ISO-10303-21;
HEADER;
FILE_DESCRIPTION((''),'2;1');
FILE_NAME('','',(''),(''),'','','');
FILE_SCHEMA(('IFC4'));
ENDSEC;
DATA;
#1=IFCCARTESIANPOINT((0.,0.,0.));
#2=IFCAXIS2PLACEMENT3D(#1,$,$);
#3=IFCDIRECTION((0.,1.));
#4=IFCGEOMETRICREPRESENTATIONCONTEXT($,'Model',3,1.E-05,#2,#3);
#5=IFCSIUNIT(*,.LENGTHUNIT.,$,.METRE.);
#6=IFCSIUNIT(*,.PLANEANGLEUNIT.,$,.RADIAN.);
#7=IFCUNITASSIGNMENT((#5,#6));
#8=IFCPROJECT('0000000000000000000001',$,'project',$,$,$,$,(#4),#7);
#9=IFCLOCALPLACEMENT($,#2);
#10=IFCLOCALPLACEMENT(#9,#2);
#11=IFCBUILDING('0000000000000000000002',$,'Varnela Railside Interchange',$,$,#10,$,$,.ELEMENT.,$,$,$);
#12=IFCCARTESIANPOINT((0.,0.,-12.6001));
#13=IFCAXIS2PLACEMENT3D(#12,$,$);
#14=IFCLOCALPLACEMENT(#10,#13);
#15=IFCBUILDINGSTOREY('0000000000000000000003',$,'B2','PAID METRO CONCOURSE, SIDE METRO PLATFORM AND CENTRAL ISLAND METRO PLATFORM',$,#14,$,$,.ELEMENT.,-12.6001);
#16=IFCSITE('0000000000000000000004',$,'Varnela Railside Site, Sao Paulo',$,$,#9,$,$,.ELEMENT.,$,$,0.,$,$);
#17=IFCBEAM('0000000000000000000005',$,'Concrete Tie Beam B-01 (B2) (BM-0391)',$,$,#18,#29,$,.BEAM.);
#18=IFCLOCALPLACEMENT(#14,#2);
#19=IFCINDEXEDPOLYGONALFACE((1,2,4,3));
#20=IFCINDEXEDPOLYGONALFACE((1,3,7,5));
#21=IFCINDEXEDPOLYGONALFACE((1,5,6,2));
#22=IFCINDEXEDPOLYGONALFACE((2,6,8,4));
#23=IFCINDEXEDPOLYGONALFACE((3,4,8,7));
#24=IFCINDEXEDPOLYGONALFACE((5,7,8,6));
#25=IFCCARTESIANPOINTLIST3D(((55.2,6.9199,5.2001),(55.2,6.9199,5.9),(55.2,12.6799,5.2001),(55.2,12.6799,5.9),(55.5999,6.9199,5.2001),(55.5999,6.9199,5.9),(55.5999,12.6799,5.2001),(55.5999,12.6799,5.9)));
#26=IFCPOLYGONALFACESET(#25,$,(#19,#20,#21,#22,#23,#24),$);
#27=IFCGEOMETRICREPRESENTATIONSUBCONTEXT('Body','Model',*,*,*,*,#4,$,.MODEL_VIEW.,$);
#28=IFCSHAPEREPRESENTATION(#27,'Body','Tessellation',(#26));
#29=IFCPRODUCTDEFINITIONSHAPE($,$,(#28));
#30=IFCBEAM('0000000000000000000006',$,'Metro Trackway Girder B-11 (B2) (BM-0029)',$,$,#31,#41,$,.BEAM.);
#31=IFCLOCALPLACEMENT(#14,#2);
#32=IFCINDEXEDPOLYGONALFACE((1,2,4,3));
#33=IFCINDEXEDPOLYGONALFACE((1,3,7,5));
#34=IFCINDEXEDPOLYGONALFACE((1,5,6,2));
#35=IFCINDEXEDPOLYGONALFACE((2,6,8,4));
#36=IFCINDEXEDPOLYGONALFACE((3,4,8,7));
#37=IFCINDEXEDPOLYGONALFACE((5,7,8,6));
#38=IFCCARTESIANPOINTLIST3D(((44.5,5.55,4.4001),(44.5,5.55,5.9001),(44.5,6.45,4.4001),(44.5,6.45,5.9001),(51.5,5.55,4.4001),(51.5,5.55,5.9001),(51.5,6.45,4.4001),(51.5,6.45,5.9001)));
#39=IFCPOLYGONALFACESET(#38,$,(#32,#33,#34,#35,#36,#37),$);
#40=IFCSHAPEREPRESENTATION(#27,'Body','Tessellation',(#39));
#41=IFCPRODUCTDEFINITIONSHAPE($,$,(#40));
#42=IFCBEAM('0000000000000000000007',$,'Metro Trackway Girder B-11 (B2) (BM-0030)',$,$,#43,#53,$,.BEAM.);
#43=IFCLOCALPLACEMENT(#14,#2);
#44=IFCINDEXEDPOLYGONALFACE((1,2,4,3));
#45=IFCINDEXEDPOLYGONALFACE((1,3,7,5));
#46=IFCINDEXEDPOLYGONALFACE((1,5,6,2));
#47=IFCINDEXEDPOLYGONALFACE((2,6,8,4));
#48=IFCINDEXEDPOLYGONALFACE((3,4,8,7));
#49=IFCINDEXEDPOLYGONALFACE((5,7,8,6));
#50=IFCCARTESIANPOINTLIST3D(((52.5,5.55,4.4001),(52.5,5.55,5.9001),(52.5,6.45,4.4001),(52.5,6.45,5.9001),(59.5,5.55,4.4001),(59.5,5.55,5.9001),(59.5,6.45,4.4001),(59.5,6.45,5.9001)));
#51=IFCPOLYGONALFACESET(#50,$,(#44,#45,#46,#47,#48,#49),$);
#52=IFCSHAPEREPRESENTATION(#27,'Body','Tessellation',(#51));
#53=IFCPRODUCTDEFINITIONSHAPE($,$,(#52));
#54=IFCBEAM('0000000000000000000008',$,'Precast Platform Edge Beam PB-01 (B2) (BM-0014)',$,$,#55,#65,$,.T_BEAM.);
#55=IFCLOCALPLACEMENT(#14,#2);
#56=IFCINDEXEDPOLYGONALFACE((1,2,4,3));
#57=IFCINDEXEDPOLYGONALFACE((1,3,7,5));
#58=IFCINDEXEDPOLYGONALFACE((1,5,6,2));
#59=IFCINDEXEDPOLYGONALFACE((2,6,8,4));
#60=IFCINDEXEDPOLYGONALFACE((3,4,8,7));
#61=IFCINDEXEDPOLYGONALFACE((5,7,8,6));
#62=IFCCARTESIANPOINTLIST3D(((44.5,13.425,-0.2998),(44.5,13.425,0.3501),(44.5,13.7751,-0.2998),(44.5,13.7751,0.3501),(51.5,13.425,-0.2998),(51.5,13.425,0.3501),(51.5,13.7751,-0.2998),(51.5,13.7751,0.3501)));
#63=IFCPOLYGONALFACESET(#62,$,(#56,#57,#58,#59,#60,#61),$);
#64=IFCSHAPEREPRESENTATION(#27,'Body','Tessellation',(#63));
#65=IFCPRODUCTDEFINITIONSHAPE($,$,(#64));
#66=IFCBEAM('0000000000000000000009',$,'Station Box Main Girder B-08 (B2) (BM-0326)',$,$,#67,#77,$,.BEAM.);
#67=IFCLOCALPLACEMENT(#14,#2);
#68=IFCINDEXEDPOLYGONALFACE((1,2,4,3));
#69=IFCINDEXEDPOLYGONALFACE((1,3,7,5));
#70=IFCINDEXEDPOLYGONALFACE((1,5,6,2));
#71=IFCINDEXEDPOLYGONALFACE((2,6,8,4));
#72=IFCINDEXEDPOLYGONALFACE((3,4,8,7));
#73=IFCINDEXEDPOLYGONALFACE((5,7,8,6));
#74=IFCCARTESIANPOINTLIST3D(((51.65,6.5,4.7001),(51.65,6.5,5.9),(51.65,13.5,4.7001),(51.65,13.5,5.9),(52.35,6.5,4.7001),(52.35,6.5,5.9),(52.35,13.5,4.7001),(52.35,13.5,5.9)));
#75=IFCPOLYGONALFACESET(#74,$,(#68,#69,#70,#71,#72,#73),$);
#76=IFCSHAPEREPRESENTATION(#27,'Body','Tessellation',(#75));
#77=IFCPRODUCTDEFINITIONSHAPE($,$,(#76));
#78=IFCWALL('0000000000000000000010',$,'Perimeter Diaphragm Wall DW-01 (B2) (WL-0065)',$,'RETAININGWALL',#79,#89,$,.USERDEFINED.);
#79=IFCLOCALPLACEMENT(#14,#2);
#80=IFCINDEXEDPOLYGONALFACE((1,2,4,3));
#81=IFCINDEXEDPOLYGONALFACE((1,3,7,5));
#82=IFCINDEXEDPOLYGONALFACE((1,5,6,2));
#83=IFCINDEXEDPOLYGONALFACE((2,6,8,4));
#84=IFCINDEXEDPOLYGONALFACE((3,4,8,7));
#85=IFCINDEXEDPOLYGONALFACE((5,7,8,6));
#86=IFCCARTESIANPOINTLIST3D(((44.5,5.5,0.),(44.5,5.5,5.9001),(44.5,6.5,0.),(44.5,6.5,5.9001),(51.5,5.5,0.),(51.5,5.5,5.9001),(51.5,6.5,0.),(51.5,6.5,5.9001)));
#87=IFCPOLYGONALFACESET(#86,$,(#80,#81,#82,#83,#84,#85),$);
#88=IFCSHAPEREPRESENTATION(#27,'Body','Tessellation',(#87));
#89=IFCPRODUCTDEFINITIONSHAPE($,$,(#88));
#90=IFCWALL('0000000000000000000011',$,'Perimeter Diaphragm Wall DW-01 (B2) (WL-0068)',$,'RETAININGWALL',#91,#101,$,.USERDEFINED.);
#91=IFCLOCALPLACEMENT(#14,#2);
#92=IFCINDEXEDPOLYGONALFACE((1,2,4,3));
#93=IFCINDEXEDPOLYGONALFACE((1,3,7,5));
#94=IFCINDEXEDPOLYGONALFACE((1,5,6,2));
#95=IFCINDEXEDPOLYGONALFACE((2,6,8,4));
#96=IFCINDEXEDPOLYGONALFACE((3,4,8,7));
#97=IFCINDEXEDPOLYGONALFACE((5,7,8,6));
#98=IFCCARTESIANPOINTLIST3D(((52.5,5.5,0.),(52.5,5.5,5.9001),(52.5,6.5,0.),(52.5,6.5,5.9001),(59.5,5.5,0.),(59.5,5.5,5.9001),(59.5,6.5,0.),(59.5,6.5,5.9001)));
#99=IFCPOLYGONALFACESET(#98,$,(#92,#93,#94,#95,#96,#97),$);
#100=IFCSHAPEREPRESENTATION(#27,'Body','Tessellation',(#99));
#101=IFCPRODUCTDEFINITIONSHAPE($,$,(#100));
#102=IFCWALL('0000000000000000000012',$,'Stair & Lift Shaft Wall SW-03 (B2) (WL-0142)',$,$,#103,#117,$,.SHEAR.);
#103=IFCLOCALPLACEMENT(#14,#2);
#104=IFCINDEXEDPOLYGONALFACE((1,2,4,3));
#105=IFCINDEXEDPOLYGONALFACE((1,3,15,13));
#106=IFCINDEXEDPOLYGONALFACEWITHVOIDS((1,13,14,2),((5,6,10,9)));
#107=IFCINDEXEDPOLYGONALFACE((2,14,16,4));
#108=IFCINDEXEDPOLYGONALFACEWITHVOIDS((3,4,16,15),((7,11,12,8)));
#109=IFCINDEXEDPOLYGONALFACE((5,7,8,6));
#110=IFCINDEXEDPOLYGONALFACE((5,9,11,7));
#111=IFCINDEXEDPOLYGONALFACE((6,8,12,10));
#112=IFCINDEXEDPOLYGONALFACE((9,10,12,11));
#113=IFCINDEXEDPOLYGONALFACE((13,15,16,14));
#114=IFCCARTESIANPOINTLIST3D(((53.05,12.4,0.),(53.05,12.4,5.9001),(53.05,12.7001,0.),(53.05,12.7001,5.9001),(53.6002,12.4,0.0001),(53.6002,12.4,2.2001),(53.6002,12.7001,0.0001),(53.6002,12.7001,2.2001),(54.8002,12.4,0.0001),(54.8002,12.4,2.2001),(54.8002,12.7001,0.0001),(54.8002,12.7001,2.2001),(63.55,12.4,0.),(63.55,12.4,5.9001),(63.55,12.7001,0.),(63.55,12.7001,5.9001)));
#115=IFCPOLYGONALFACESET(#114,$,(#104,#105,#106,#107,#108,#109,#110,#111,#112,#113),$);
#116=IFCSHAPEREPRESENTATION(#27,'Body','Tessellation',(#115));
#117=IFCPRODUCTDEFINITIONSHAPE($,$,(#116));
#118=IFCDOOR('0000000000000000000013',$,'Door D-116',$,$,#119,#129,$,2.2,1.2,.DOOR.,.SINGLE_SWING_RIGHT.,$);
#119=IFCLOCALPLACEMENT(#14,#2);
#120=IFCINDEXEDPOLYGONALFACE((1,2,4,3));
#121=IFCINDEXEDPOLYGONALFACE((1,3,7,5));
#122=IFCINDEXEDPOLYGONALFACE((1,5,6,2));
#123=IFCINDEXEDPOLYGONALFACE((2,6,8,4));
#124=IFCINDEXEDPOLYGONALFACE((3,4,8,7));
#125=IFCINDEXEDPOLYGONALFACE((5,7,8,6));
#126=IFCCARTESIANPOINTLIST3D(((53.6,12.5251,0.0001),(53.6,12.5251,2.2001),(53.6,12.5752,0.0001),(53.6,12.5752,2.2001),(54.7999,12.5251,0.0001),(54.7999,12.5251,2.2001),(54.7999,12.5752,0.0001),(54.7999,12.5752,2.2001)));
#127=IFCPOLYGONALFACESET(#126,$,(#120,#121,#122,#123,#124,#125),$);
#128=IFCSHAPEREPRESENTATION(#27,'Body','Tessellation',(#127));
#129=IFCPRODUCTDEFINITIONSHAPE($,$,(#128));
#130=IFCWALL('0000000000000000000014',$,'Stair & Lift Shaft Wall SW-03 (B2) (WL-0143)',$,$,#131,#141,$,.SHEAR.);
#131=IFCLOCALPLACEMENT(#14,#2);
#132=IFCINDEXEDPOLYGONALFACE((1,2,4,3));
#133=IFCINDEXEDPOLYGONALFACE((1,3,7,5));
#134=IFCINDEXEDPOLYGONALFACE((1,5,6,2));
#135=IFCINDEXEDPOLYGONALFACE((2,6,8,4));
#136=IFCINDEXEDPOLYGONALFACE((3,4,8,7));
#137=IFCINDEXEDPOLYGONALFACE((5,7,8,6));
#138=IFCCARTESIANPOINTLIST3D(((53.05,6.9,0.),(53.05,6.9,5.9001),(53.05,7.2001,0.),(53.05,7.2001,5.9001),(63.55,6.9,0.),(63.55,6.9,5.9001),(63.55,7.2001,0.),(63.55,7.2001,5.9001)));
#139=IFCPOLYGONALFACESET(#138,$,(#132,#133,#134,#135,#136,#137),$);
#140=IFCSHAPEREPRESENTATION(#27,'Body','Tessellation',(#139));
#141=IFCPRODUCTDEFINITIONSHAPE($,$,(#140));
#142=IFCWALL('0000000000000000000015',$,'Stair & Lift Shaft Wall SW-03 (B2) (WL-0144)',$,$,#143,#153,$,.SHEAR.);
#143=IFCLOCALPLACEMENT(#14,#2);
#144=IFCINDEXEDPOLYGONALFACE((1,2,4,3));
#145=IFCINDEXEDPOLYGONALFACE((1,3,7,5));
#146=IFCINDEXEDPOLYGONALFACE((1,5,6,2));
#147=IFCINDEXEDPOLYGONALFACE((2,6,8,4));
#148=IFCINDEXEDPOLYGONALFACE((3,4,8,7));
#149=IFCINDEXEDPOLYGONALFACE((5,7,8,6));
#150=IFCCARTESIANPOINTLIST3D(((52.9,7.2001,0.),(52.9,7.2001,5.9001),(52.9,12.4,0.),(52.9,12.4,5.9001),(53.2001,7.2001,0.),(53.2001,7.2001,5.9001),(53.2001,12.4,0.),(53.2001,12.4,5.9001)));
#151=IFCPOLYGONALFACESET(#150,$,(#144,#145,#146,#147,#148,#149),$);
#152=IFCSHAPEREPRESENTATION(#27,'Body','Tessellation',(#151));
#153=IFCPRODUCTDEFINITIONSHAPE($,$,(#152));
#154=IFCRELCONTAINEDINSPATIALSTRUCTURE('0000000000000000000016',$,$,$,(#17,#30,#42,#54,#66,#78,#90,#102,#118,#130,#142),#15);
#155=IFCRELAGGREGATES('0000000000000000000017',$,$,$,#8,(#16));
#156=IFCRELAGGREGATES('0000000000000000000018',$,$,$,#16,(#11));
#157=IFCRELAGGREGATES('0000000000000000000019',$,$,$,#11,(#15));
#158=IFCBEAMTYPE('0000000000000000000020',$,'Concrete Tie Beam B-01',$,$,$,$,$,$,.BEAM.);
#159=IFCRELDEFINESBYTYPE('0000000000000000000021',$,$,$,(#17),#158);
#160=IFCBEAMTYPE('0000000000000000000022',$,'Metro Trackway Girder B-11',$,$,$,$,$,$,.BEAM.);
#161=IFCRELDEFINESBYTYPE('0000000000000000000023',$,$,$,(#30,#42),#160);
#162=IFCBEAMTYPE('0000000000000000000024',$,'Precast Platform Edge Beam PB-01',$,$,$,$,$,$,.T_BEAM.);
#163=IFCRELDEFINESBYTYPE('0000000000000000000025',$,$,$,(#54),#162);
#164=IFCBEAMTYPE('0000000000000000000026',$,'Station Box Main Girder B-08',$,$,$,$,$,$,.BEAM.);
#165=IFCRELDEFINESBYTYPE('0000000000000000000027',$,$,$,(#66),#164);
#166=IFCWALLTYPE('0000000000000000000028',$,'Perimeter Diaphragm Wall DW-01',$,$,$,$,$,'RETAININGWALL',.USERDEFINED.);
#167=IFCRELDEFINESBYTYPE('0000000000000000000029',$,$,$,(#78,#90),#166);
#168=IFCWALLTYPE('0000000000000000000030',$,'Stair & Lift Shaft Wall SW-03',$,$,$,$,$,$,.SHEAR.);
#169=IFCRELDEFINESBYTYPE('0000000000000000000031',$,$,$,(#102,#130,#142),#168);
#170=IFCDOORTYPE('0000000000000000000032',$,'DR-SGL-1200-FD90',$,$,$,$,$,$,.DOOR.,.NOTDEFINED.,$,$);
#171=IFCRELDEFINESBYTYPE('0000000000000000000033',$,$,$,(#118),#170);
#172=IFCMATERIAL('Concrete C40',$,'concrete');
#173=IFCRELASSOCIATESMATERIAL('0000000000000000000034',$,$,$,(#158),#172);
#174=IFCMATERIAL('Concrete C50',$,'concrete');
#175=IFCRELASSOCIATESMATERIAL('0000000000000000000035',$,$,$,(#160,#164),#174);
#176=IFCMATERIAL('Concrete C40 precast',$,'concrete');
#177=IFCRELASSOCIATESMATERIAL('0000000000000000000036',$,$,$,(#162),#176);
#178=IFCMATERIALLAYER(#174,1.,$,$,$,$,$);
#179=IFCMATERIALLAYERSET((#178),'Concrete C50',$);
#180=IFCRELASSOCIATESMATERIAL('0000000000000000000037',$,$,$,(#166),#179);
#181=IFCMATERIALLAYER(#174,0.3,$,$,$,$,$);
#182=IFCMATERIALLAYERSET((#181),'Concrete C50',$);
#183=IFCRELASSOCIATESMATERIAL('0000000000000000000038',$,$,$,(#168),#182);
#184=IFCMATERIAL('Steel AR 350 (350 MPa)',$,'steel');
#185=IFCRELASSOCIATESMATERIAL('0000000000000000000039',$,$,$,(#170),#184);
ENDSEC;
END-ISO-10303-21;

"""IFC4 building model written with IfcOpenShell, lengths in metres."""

from ifc_helpers import new_model, si_unit, direction, frame, frame_2d, origin, origin_2d, place, context, subcontext, project, spatial, rectangle, extrude, material, layer, layer_set, material_profile, profile_set, type_object, element, fill, save


model = new_model("IFC4")

# Units and contexts
model_context = context("Model", 3, precision=1e-05, world=origin(), true_north=direction((0.0, 1.0)))
body_context = subcontext(model_context, "Body", "Model", "MODEL_VIEW")
ifc_project = project(units=[si_unit("LENGTHUNIT", "METRE"), si_unit("PLANEANGLEUNIT", "RADIAN")], contexts=[model_context])

# Site, building, storey
site_placement = place(None, origin())
site = spatial("IfcSite", under=ifc_project, at=site_placement, Name="Varnela Railside Site, Sao Paulo", CompositionType="ELEMENT", RefElevation=0.0)
building_placement = place(site_placement, origin())
building = spatial("IfcBuilding", under=site, at=building_placement, Name="Varnela Railside Interchange", CompositionType="ELEMENT")
storey_placement = place(building_placement, frame((0.0, 0.0, -12.6001)))
storey = spatial("IfcBuildingStorey", under=building, at=storey_placement, Name="B2", Description="PAID METRO CONCOURSE, SIDE METRO PLATFORM AND CENTRAL ISLAND METRO PLATFORM", CompositionType="ELEMENT", Elevation=-12.6001)

# Shared definitions
ifc_material_1 = material(Name="Concrete C40", Category="concrete")

# Shared definitions
ifc_material_2 = material(Name="Concrete C50", Category="concrete")

# Beams
ifc_material_profile_1 = material_profile(ifc_material_1, rectangle(XDim=0.3999, YDim=0.7, at=origin_2d()), Name="RC 400x700")
ifc_profile_set_1 = profile_set([ifc_material_profile_1], Name="Concrete C40")
beam_type_1 = type_object("IfcBeamType", Name="Concrete Tie Beam B-01", PredefinedType="BEAM", material=ifc_profile_set_1)
beam_1_placement = place(storey_placement, frame((55.3999, 6.9199, 5.55), z_axis=(0.0, 1.0, 0.0), x_axis=(-1.0, 0.0, 0.0)))
element("IfcBeam", 1, at=beam_1_placement, inside=storey, type_object=beam_type_1, Name="Concrete Tie Beam B-01 (B2) (BM-0391)", PredefinedType="BEAM", context=body_context, shape_type="SweptSolid", body=[
    extrude(rectangle(XDim=0.3999, YDim=0.7, at=origin_2d()), origin(), (0.0, 0.0, 1.0), 5.76),
])
ifc_material_profile_2 = material_profile(ifc_material_2, rectangle(XDim=0.8999, YDim=1.5, at=origin_2d()), Name="RC 900x1500")
ifc_profile_set_2 = profile_set([ifc_material_profile_2], Name="Concrete C50")
beam_type_2 = type_object("IfcBeamType", Name="Metro Trackway Girder B-11", PredefinedType="BEAM", material=ifc_profile_set_2)
for number, where, z_axis, x_axis, name in (
    (2, (44.5, 6.0, 5.1501), (1.0, 0.0, 0.0), (0.0, 1.0, 0.0), "Metro Trackway Girder B-11 (B2) (BM-0029)"),
    (3, (52.5, 6.0, 5.1501), (1.0, 0.0, 0.0), (0.0, 1.0, 0.0), "Metro Trackway Girder B-11 (B2) (BM-0030)"),
):
    element("IfcBeam", number, at=place(storey_placement, frame(where, z_axis=z_axis, x_axis=x_axis)), inside=storey, type_object=beam_type_2, Name=name, PredefinedType="BEAM", context=body_context, shape_type="SweptSolid", body=[
        extrude(rectangle(XDim=0.8999, YDim=1.5, at=origin_2d()), origin(), (0.0, 0.0, 1.0), 7.0),
    ])
ifc_material_3 = material(Name="Concrete C40 precast", Category="concrete")
ifc_material_profile_3 = material_profile(ifc_material_3, rectangle(XDim=0.3501, YDim=0.6499, at=origin_2d()), Name="PC 350x650")
ifc_profile_set_3 = profile_set([ifc_material_profile_3], Name="Concrete C40 precast")
beam_type_3 = type_object("IfcBeamType", Name="Precast Platform Edge Beam PB-01", PredefinedType="T_BEAM", material=ifc_profile_set_3)
beam_2_placement = place(storey_placement, frame((44.5, 13.6001, 0.0251), z_axis=(1.0, 0.0, 0.0), x_axis=(0.0, 1.0, 0.0)))
element("IfcBeam", 4, at=beam_2_placement, inside=storey, type_object=beam_type_3, Name="Precast Platform Edge Beam PB-01 (B2) (BM-0014)", PredefinedType="T_BEAM", context=body_context, shape_type="SweptSolid", body=[
    extrude(rectangle(XDim=0.3501, YDim=0.6499, at=origin_2d()), origin(), (0.0, 0.0, 1.0), 7.0),
])
ifc_material_profile_4 = material_profile(ifc_material_2, rectangle(XDim=0.7, YDim=1.2, at=origin_2d()), Name="RC 700x1200")
ifc_profile_set_4 = profile_set([ifc_material_profile_4], Name="Concrete C50")
beam_type_4 = type_object("IfcBeamType", Name="Station Box Main Girder B-08", PredefinedType="BEAM", material=ifc_profile_set_4)
beam_3_placement = place(storey_placement, frame((52.0, 6.5, 5.3), z_axis=(0.0, 1.0, 0.0), x_axis=(-1.0, 0.0, 0.0)))
element("IfcBeam", 5, at=beam_3_placement, inside=storey, type_object=beam_type_4, Name="Station Box Main Girder B-08 (B2) (BM-0326)", PredefinedType="BEAM", context=body_context, shape_type="SweptSolid", body=[
    extrude(rectangle(XDim=0.7, YDim=1.2, at=origin_2d()), origin(), (0.0, 0.0, 1.0), 7.0),
])

# Walls
ifc_layer_1 = layer(ifc_material_2, 1.0)
ifc_layer_set_1 = layer_set([ifc_layer_1], Name="Concrete C50")
wall_type_1 = type_object("IfcWallType", Name="Perimeter Diaphragm Wall DW-01", ElementType="RETAININGWALL", PredefinedType="USERDEFINED", material=ifc_layer_set_1)
for number, where, z_axis, x_axis, name in (
    (6, (44.5, 6.0, 0.0), (0.0, 0.0, 1.0), (1.0, 0.0, 0.0), "Perimeter Diaphragm Wall DW-01 (B2) (WL-0065)"),
    (7, (52.5, 6.0, 0.0), (0.0, 0.0, 1.0), (1.0, 0.0, 0.0), "Perimeter Diaphragm Wall DW-01 (B2) (WL-0068)"),
):
    element("IfcWall", number, at=place(storey_placement, frame(where, z_axis=z_axis, x_axis=x_axis)), inside=storey, type_object=wall_type_1, Name=name, ObjectType="RETAININGWALL", PredefinedType="USERDEFINED", context=body_context, shape_type="SweptSolid", body=[
        extrude(rectangle(XDim=7.0, YDim=1.0, at=frame_2d((3.5, 0.0))), origin(), (0.0, 0.0, 1.0), 5.9001),
    ])

# Wall, opening, door
ifc_layer_2 = layer(ifc_material_2, 0.3)
ifc_layer_set_2 = layer_set([ifc_layer_2], Name="Concrete C50")
wall_type_2 = type_object("IfcWallType", Name="Stair & Lift Shaft Wall SW-03", PredefinedType="SHEAR", material=ifc_layer_set_2)
wall_1_placement = place(storey_placement, frame((53.05, 12.55, 0.0), z_axis=(0.0, 0.0, 1.0), x_axis=(1.0, 0.0, 0.0)))
wall_1 = element("IfcWall", 8, at=wall_1_placement, inside=storey, type_object=wall_type_2, Name="Stair & Lift Shaft Wall SW-03 (B2) (WL-0142)", PredefinedType="SHEAR", context=body_context, shape_type="SweptSolid", body=[
    extrude(rectangle(XDim=10.5, YDim=0.3, at=frame_2d((5.25, 0.0))), origin(), (0.0, 0.0, 1.0), 5.9001),
])
opening_placement = place(wall_1_placement, frame((0.55, 0.0, 0.0)))
opening = element("IfcOpeningElement", 9, at=opening_placement, cuts=wall_1, PredefinedType="OPENING", context=body_context, shape_type="SweptSolid", body=[
    extrude(rectangle(XDim=1.2, YDim=2.2, at=frame_2d((0.6001, 1.1001))), frame((0.0, 0.1599, 0.0), z_axis=(0.0, -1.0, 0.0), x_axis=(1.0, 0.0, 0.0)), (0.0, 0.0, 1.0), 0.3201),
])
ifc_material_4 = material(Name="Steel AR 350 (350 MPa)", Category="steel")
door_type = type_object("IfcDoorType", Name="DR-SGL-1200-FD90", OperationType="NOTDEFINED", PredefinedType="DOOR", material=ifc_material_4)
door_placement = place(opening_placement, frame((1.2, 0.0, 0.0), z_axis=(0.0, 0.0, 1.0), x_axis=(-1.0, 0.0, 0.0)))
door = element("IfcDoor", 10, at=door_placement, inside=storey, type_object=door_type, Name="Door D-116", OperationType="SINGLE_SWING_RIGHT", OverallHeight=2.2, OverallWidth=1.2, PredefinedType="DOOR", context=body_context, shape_type="SweptSolid", body=[
    extrude(rectangle(XDim=1.2, YDim=2.2, at=frame_2d((0.6001, 1.1001))), frame((0.0, 0.0249, 0.0), z_axis=(0.0, -1.0, 0.0), x_axis=(1.0, 0.0, 0.0)), (0.0, 0.0, 1.0), 0.05),
])
fill(opening, door)

# Walls
wall_2_placement = place(storey_placement, frame((53.05, 7.05, 0.0), z_axis=(0.0, 0.0, 1.0), x_axis=(1.0, 0.0, 0.0)))
element("IfcWall", 11, at=wall_2_placement, inside=storey, type_object=wall_type_2, Name="Stair & Lift Shaft Wall SW-03 (B2) (WL-0143)", PredefinedType="SHEAR", context=body_context, shape_type="SweptSolid", body=[
    extrude(rectangle(XDim=10.5, YDim=0.3, at=frame_2d((5.25, 0.0))), origin(), (0.0, 0.0, 1.0), 5.9001),
])
wall_3_placement = place(storey_placement, frame((53.05, 7.2, 0.0), z_axis=(0.0, 0.0, 1.0), x_axis=(0.0, 1.0, 0.0)))
element("IfcWall", 12, at=wall_3_placement, inside=storey, type_object=wall_type_2, Name="Stair & Lift Shaft Wall SW-03 (B2) (WL-0144)", PredefinedType="SHEAR", context=body_context, shape_type="SweptSolid", body=[
    extrude(rectangle(XDim=5.2, YDim=0.3, at=frame_2d((2.6001, 0.0))), origin(), (0.0, 0.0, 1.0), 5.9001),
])

save(model, "model.ifc")
